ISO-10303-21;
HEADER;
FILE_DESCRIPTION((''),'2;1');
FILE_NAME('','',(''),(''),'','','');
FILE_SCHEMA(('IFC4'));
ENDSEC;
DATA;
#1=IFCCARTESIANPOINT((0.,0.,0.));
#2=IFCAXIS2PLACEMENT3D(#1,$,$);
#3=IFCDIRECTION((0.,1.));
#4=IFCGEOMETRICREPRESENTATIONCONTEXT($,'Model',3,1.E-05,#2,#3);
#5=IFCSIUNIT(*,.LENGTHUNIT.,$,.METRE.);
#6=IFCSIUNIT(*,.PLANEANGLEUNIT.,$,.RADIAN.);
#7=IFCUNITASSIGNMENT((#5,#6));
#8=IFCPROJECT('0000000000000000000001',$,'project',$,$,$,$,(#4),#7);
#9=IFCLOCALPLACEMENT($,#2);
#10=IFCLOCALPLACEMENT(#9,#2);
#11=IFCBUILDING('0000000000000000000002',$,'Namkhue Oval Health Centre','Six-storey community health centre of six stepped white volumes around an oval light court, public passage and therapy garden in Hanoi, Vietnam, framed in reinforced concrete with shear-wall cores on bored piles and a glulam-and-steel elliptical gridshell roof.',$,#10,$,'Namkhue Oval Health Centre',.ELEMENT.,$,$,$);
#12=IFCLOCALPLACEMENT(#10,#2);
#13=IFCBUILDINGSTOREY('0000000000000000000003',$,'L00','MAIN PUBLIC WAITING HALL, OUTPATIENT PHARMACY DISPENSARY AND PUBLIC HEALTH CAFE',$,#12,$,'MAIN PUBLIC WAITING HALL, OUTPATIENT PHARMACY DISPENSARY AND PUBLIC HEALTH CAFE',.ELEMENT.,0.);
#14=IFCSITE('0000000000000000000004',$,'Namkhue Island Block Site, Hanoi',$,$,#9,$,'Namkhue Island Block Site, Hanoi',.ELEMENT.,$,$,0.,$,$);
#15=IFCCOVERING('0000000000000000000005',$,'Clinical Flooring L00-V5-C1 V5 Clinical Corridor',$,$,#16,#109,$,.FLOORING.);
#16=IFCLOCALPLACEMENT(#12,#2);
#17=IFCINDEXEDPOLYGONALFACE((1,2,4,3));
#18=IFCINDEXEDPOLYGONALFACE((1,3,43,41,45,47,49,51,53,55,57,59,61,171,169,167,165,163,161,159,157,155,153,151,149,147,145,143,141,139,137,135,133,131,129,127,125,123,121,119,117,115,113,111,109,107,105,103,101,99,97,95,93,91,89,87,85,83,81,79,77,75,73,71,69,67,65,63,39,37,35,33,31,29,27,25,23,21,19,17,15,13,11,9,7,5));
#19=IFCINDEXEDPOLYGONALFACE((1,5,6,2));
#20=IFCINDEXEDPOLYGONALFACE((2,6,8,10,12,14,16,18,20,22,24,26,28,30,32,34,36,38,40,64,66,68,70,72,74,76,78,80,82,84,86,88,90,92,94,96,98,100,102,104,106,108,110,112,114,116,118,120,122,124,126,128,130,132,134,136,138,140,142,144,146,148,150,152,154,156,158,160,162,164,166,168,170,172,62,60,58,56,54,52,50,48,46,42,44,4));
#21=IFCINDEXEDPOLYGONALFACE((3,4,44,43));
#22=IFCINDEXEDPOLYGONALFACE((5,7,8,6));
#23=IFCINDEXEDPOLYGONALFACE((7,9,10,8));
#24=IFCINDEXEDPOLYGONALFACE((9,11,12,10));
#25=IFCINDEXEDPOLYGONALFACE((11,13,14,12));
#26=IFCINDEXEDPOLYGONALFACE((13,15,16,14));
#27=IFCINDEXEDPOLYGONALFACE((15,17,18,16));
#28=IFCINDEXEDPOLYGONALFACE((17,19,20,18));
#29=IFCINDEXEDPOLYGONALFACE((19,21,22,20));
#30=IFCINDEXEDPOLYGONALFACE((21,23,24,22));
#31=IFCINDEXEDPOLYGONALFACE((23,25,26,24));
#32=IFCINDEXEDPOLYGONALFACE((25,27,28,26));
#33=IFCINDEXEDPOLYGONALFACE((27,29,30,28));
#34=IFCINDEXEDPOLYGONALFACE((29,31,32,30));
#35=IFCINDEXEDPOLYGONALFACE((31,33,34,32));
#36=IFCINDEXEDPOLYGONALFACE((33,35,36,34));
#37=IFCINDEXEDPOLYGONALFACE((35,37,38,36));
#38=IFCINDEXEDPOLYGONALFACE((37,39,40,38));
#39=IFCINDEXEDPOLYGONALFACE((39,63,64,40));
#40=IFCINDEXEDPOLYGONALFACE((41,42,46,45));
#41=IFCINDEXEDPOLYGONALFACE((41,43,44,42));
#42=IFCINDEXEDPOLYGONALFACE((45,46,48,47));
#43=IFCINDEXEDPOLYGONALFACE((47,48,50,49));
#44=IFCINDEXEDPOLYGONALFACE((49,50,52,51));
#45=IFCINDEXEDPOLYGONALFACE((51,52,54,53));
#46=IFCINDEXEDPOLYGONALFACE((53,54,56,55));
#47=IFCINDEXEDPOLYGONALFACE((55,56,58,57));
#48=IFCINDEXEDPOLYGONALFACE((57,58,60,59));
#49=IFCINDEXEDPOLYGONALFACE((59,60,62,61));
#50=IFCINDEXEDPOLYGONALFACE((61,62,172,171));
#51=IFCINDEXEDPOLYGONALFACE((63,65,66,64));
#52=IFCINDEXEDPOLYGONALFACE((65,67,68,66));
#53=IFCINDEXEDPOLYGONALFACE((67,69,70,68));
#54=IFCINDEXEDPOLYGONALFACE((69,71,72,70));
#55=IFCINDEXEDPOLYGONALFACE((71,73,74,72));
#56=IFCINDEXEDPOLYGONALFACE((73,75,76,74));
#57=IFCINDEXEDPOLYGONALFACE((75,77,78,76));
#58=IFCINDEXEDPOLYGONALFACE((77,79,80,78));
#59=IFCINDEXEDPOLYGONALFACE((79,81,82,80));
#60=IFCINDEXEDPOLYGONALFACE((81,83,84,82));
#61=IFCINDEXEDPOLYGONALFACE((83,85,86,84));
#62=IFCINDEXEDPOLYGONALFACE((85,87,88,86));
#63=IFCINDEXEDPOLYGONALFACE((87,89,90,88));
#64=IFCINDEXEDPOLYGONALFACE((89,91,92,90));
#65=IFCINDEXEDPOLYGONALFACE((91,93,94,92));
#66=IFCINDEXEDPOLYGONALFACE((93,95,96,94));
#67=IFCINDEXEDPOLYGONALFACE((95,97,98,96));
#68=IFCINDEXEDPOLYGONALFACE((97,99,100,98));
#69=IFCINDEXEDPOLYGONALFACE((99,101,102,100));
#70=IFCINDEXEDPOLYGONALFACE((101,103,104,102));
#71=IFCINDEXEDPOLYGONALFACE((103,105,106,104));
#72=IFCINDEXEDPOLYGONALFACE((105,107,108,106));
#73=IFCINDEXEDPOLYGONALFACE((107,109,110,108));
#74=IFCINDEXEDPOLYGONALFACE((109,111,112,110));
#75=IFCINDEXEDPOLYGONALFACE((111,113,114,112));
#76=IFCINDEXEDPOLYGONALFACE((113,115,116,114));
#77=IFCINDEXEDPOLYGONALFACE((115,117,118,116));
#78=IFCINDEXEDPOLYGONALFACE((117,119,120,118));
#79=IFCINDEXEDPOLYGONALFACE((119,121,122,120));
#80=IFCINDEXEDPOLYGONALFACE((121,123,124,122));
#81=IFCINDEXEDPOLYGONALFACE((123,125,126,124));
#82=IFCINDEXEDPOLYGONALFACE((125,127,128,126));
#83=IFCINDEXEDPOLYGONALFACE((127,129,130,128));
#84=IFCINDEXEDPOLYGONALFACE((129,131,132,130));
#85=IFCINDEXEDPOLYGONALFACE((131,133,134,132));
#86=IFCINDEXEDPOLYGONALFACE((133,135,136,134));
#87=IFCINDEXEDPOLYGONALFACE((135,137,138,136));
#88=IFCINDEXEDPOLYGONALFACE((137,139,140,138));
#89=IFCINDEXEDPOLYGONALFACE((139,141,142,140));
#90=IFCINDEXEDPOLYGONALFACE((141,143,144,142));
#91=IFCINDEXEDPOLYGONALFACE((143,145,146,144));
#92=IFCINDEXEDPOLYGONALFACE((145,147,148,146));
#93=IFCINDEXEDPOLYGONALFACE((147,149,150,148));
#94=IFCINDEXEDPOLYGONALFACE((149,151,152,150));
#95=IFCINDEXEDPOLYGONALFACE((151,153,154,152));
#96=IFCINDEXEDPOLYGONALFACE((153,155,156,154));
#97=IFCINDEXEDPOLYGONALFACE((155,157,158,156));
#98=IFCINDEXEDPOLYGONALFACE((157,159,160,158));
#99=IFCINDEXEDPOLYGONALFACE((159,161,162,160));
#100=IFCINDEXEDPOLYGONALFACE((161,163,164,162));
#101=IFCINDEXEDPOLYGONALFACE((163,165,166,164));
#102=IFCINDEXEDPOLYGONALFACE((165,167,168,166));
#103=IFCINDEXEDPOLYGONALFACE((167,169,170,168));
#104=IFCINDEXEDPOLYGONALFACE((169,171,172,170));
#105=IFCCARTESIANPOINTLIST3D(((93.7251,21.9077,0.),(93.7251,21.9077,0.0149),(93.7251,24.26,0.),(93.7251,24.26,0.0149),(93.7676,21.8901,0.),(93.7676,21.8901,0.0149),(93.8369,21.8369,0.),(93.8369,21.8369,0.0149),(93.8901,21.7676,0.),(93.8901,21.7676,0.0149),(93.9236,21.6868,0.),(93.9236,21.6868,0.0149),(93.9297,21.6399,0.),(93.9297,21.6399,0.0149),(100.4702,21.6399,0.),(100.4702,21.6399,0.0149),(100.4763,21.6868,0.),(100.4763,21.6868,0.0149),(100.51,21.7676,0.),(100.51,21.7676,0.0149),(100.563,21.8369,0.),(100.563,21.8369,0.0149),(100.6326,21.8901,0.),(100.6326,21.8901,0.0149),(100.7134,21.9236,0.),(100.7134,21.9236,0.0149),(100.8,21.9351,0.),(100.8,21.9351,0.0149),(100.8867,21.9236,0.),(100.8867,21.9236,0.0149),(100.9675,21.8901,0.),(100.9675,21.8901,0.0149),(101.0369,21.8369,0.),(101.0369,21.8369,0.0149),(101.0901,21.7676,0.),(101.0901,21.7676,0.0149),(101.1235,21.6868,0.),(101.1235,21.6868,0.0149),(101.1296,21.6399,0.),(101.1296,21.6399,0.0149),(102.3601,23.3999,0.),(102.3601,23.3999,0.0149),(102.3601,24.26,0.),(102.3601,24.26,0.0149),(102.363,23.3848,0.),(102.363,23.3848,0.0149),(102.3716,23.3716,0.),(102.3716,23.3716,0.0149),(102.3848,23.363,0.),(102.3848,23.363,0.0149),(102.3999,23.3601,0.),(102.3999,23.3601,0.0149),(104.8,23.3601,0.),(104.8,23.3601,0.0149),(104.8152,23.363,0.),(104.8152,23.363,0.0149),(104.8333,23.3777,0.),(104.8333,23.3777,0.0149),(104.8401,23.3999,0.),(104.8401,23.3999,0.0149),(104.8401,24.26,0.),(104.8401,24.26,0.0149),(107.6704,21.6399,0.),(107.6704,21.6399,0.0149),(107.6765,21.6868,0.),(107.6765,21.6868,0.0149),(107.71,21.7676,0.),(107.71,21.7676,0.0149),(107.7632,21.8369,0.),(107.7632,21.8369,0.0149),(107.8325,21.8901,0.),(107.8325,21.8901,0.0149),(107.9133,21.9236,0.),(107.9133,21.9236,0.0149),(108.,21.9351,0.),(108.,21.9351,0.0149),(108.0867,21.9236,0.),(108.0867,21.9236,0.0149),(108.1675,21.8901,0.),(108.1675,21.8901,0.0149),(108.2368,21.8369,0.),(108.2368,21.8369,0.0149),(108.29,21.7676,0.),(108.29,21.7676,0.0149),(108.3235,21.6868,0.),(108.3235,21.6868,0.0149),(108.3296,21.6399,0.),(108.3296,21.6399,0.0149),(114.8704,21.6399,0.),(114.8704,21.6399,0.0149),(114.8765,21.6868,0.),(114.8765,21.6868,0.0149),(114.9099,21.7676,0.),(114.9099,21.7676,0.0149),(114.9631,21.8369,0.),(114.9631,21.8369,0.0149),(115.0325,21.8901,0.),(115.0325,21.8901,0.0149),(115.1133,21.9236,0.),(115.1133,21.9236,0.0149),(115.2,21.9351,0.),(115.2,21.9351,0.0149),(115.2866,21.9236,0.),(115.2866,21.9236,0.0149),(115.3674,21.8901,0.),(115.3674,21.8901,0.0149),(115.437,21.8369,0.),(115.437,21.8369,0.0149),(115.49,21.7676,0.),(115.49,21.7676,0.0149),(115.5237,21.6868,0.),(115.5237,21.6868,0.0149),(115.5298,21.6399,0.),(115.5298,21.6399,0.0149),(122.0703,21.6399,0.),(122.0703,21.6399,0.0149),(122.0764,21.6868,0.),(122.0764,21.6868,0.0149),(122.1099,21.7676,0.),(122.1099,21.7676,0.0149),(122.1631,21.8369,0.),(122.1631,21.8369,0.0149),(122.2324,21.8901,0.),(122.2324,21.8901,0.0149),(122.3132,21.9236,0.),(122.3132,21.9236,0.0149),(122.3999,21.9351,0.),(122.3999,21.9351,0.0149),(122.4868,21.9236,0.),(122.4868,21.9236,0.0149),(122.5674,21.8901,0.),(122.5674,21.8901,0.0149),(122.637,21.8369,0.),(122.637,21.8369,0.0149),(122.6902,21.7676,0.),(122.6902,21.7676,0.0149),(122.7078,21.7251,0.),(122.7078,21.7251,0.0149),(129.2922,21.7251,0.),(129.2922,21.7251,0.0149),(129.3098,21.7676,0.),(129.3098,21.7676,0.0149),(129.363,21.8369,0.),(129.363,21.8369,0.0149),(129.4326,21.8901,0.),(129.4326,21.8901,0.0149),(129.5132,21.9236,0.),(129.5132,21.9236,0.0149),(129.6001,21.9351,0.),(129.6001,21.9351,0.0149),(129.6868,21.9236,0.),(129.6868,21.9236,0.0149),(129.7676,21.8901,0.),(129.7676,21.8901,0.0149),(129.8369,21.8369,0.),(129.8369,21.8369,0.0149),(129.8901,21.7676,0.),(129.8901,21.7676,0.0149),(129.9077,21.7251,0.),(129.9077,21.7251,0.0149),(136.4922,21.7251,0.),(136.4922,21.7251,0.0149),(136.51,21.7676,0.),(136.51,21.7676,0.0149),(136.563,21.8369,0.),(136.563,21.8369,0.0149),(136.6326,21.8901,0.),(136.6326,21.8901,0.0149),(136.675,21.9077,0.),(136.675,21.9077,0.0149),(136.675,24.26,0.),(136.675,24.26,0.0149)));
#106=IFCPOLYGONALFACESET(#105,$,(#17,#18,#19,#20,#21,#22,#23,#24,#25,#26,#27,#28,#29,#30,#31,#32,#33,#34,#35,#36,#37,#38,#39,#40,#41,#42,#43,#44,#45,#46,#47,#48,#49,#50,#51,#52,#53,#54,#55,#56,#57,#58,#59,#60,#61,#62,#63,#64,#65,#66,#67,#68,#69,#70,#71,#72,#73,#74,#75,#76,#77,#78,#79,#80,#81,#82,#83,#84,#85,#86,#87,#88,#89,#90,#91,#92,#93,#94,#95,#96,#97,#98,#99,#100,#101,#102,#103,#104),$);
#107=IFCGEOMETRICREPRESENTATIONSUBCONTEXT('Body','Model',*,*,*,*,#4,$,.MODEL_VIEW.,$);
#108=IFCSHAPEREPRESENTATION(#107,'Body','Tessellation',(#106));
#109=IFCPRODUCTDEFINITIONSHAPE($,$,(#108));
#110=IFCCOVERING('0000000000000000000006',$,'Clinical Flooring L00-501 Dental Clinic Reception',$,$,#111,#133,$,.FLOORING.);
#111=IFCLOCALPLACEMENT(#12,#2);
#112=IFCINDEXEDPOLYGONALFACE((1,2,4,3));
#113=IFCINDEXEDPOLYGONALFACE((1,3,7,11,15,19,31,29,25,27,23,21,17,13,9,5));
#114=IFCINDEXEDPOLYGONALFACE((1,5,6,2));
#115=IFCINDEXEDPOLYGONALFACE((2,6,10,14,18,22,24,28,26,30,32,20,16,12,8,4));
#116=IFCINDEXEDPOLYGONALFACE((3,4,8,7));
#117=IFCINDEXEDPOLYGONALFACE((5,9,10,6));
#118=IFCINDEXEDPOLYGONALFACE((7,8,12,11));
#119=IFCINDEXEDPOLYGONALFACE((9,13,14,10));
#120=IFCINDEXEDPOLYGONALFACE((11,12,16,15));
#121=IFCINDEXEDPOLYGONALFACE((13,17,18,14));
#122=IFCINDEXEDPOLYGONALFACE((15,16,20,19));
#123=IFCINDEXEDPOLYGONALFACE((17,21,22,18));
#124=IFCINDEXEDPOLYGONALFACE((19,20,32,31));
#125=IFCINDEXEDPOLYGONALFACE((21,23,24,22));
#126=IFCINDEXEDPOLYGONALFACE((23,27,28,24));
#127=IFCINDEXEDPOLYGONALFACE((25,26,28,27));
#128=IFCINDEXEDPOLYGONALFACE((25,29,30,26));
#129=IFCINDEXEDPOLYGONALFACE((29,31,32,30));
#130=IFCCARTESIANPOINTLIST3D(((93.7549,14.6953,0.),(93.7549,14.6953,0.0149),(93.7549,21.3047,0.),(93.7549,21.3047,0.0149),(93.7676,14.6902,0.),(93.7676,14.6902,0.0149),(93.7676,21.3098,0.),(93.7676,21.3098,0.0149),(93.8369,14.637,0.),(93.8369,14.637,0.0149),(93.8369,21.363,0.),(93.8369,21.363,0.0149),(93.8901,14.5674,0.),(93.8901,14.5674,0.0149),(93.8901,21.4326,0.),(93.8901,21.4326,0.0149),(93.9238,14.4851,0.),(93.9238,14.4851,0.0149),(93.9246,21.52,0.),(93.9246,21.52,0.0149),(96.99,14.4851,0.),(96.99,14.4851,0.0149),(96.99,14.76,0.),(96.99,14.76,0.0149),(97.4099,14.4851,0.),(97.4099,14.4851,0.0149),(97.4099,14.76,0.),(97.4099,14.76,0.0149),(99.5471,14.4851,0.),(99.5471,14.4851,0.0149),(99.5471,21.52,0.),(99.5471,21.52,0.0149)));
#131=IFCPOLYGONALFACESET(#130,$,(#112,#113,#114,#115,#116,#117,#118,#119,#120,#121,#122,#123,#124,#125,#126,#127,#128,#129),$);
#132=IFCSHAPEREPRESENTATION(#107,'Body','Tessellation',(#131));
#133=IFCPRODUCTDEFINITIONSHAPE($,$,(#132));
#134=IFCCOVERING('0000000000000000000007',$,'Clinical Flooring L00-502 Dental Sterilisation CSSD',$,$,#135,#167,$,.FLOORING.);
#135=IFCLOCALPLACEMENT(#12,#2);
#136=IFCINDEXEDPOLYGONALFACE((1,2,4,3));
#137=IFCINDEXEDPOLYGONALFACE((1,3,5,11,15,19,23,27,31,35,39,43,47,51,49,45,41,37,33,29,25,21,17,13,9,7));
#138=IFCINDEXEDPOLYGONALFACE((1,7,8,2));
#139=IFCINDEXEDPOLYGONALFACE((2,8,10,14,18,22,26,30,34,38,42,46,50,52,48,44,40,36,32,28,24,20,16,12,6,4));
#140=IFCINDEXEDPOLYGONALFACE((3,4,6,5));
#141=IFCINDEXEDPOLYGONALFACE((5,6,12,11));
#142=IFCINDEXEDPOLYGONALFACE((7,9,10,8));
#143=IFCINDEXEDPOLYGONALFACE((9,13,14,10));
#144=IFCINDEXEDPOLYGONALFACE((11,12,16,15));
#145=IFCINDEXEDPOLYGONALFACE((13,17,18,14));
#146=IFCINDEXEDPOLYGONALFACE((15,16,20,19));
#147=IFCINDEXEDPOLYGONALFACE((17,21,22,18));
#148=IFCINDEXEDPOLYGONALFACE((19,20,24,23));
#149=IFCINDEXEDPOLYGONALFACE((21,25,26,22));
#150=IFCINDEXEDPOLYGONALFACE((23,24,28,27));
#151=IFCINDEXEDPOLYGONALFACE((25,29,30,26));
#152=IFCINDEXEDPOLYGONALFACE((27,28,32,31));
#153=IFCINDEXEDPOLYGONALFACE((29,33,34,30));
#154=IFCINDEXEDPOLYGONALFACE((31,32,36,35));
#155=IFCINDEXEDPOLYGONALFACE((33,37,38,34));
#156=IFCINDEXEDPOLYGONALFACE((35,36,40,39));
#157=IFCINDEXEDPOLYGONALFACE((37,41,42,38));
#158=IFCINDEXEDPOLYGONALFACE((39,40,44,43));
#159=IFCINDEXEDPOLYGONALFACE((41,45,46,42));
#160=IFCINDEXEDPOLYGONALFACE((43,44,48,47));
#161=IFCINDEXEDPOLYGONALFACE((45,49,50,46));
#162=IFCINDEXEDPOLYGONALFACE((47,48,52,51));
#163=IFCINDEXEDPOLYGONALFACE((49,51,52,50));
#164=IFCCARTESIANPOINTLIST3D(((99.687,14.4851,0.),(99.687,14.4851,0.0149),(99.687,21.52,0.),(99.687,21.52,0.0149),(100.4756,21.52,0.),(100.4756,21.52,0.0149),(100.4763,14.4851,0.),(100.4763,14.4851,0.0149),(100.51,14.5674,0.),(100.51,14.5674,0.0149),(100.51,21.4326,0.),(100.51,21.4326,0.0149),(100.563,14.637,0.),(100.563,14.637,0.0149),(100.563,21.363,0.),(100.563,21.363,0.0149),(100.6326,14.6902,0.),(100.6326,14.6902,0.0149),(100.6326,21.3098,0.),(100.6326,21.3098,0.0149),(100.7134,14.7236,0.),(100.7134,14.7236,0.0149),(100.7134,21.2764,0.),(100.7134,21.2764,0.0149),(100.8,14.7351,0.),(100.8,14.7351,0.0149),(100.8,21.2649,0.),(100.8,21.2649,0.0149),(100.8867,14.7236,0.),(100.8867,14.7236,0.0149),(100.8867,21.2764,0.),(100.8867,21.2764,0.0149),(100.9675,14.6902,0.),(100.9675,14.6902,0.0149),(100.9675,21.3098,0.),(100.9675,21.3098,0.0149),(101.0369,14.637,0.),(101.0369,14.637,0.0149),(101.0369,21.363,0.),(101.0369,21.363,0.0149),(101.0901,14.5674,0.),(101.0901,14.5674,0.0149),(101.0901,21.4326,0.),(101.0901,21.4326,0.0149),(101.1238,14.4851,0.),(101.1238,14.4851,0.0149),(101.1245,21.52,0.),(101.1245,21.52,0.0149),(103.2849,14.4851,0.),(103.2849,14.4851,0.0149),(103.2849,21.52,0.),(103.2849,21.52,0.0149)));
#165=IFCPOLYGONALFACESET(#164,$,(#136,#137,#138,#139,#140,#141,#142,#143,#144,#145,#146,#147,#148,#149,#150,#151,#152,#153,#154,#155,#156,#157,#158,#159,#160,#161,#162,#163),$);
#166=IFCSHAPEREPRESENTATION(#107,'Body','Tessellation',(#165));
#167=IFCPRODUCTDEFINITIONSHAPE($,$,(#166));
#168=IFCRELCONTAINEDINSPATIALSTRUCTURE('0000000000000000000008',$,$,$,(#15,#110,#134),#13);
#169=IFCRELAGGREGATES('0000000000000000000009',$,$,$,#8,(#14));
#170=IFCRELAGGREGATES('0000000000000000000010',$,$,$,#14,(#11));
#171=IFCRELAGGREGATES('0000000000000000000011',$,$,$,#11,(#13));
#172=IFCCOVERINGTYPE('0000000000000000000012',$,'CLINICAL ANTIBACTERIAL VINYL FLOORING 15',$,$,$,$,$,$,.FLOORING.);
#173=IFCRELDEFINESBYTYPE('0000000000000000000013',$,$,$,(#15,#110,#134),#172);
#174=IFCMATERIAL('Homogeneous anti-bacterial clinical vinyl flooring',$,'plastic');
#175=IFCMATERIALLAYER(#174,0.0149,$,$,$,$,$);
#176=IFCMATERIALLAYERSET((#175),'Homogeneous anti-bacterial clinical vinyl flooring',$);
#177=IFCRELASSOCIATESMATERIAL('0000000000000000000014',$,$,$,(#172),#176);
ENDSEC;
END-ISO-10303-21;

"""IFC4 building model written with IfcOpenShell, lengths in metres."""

from ifc_helpers import new_model, si_unit, direction, origin, place, context, subcontext, project, spatial, polyline, outline, extrude, material, layer, layer_set, type_object, element, save


model = new_model("IFC4")

# Units and contexts
model_context = context("Model", 3, precision=1e-05, world=origin(), true_north=direction((0.0, 1.0)))
body_context = subcontext(model_context, "Body", "Model", "MODEL_VIEW")
ifc_project = project(units=[si_unit("LENGTHUNIT", "METRE"), si_unit("PLANEANGLEUNIT", "RADIAN")], contexts=[model_context])

# Site, building, storey
site_placement = place(None, origin())
site = spatial("IfcSite", under=ifc_project, at=site_placement, Name="Namkhue Island Block Site, Hanoi", LongName="Namkhue Island Block Site, Hanoi", CompositionType="ELEMENT", RefElevation=0.0)
building_placement = place(site_placement, origin())
building = spatial("IfcBuilding", under=site, at=building_placement, Name="Namkhue Oval Health Centre", Description="Six-storey community health centre of six stepped white volumes around an oval light court, public passage and therapy garden in Hanoi, Vietnam, framed in reinforced concrete with shear-wall cores on bored piles and a glulam-and-steel elliptical gridshell roof.", LongName="Namkhue Oval Health Centre", CompositionType="ELEMENT")
storey_placement = place(building_placement, origin())
storey = spatial("IfcBuildingStorey", under=building, at=storey_placement, Name="L00", Description="MAIN PUBLIC WAITING HALL, OUTPATIENT PHARMACY DISPENSARY AND PUBLIC HEALTH CAFE", LongName="MAIN PUBLIC WAITING HALL, OUTPATIENT PHARMACY DISPENSARY AND PUBLIC HEALTH CAFE", CompositionType="ELEMENT", Elevation=0.0)

# Coverings
ifc_material_1 = material(Name="Homogeneous anti-bacterial clinical vinyl flooring", Category="plastic")
ifc_layer_1 = layer(ifc_material_1, 0.0149)
ifc_layer_set_1 = layer_set([ifc_layer_1], Name="Homogeneous anti-bacterial clinical vinyl flooring")
covering_type_1 = type_object("IfcCoveringType", Name="CLINICAL ANTIBACTERIAL VINYL FLOORING 15", PredefinedType="FLOORING", material=ifc_layer_set_1)
covering_1_placement = place(storey_placement, origin())
element("IfcCovering", 1, at=covering_1_placement, inside=storey, type_object=covering_type_1, Name="Clinical Flooring L00-V5-C1 V5 Clinical Corridor", PredefinedType="FLOORING", context=body_context, shape_type="SweptSolid", body=[
    extrude(outline(polyline([(115.5298, 21.6399), (115.5237, 21.6868), (115.49, 21.7676), (115.437, 21.8369), (115.3674, 21.8901), (115.2866, 21.9236), (115.2, 21.9351), (115.1133, 21.9236), (115.0325, 21.8901), (114.9631, 21.8369), (114.9099, 21.7676), (114.8765, 21.6868), (114.8704, 21.6399), (108.3296, 21.6399), (108.3235, 21.6868), (108.29, 21.7676), (108.2368, 21.8369), (108.1675, 21.8901), (108.0867, 21.9236), (108.0, 21.9351), (107.9133, 21.9236), (107.8325, 21.8901), (107.7632, 21.8369), (107.71, 21.7676), (107.6765, 21.6868), (107.6704, 21.6399), (101.1296, 21.6399), (101.1235, 21.6868), (101.0901, 21.7676), (101.0369, 21.8369), (100.9675, 21.8901), (100.8867, 21.9236), (100.8, 21.9351), (100.7134, 21.9236), (100.6326, 21.8901), (100.563, 21.8369), (100.51, 21.7676), (100.4763, 21.6868), (100.4702, 21.6399), (93.9297, 21.6399), (93.9236, 21.6868), (93.8901, 21.7676), (93.8369, 21.8369), (93.7676, 21.8901), (93.7251, 21.9077), (93.7251, 24.26), (102.3601, 24.26), (102.3601, 23.3999), (102.363, 23.3848), (102.3716, 23.3716), (102.3848, 23.363), (102.3999, 23.3601), (104.8, 23.3601), (104.8152, 23.363), (104.8333, 23.3777), (104.8401, 23.3999), (104.8401, 24.26), (136.675, 24.26), (136.675, 21.9077), (136.6326, 21.8901), (136.563, 21.8369), (136.51, 21.7676), (136.4922, 21.7251), (129.9077, 21.7251), (129.8901, 21.7676), (129.8369, 21.8369), (129.7676, 21.8901), (129.6868, 21.9236), (129.6001, 21.9351), (129.5132, 21.9236), (129.4326, 21.8901), (129.363, 21.8369), (129.3098, 21.7676), (129.2922, 21.7251), (122.7078, 21.7251), (122.6902, 21.7676), (122.637, 21.8369), (122.5674, 21.8901), (122.4868, 21.9236), (122.3999, 21.9351), (122.3132, 21.9236), (122.2324, 21.8901), (122.1631, 21.8369), (122.1099, 21.7676), (122.0764, 21.6868), (122.0703, 21.6399), (115.5298, 21.6399)])), origin(), (0.0, 0.0, 1.0), 0.0149),
])
covering_2_placement = place(storey_placement, origin())
element("IfcCovering", 2, at=covering_2_placement, inside=storey, type_object=covering_type_1, Name="Clinical Flooring L00-501 Dental Clinic Reception", PredefinedType="FLOORING", context=body_context, shape_type="SweptSolid", body=[
    extrude(outline(polyline([(97.4099, 14.4851), (97.4099, 14.76), (96.99, 14.76), (96.99, 14.4851), (93.9238, 14.4851), (93.8901, 14.5674), (93.8369, 14.637), (93.7676, 14.6902), (93.7549, 14.6953), (93.7549, 21.3047), (93.7676, 21.3098), (93.8369, 21.363), (93.8901, 21.4326), (93.9246, 21.52), (99.5471, 21.52), (99.5471, 14.4851), (97.4099, 14.4851)])), origin(), (0.0, 0.0, 1.0), 0.0149),
])
covering_3_placement = place(storey_placement, origin())
element("IfcCovering", 3, at=covering_3_placement, inside=storey, type_object=covering_type_1, Name="Clinical Flooring L00-502 Dental Sterilisation CSSD", PredefinedType="FLOORING", context=body_context, shape_type="SweptSolid", body=[
    extrude(outline(polyline([(101.1238, 14.4851), (101.0901, 14.5674), (101.0369, 14.637), (100.9675, 14.6902), (100.8867, 14.7236), (100.8, 14.7351), (100.7134, 14.7236), (100.6326, 14.6902), (100.563, 14.637), (100.51, 14.5674), (100.4763, 14.4851), (99.687, 14.4851), (99.687, 21.52), (100.4756, 21.52), (100.51, 21.4326), (100.563, 21.363), (100.6326, 21.3098), (100.7134, 21.2764), (100.8, 21.2649), (100.8867, 21.2764), (100.9675, 21.3098), (101.0369, 21.363), (101.0901, 21.4326), (101.1245, 21.52), (103.2849, 21.52), (103.2849, 14.4851), (101.1238, 14.4851)])), origin(), (0.0, 0.0, 1.0), 0.0149),
])

save(model, "model.ifc")
